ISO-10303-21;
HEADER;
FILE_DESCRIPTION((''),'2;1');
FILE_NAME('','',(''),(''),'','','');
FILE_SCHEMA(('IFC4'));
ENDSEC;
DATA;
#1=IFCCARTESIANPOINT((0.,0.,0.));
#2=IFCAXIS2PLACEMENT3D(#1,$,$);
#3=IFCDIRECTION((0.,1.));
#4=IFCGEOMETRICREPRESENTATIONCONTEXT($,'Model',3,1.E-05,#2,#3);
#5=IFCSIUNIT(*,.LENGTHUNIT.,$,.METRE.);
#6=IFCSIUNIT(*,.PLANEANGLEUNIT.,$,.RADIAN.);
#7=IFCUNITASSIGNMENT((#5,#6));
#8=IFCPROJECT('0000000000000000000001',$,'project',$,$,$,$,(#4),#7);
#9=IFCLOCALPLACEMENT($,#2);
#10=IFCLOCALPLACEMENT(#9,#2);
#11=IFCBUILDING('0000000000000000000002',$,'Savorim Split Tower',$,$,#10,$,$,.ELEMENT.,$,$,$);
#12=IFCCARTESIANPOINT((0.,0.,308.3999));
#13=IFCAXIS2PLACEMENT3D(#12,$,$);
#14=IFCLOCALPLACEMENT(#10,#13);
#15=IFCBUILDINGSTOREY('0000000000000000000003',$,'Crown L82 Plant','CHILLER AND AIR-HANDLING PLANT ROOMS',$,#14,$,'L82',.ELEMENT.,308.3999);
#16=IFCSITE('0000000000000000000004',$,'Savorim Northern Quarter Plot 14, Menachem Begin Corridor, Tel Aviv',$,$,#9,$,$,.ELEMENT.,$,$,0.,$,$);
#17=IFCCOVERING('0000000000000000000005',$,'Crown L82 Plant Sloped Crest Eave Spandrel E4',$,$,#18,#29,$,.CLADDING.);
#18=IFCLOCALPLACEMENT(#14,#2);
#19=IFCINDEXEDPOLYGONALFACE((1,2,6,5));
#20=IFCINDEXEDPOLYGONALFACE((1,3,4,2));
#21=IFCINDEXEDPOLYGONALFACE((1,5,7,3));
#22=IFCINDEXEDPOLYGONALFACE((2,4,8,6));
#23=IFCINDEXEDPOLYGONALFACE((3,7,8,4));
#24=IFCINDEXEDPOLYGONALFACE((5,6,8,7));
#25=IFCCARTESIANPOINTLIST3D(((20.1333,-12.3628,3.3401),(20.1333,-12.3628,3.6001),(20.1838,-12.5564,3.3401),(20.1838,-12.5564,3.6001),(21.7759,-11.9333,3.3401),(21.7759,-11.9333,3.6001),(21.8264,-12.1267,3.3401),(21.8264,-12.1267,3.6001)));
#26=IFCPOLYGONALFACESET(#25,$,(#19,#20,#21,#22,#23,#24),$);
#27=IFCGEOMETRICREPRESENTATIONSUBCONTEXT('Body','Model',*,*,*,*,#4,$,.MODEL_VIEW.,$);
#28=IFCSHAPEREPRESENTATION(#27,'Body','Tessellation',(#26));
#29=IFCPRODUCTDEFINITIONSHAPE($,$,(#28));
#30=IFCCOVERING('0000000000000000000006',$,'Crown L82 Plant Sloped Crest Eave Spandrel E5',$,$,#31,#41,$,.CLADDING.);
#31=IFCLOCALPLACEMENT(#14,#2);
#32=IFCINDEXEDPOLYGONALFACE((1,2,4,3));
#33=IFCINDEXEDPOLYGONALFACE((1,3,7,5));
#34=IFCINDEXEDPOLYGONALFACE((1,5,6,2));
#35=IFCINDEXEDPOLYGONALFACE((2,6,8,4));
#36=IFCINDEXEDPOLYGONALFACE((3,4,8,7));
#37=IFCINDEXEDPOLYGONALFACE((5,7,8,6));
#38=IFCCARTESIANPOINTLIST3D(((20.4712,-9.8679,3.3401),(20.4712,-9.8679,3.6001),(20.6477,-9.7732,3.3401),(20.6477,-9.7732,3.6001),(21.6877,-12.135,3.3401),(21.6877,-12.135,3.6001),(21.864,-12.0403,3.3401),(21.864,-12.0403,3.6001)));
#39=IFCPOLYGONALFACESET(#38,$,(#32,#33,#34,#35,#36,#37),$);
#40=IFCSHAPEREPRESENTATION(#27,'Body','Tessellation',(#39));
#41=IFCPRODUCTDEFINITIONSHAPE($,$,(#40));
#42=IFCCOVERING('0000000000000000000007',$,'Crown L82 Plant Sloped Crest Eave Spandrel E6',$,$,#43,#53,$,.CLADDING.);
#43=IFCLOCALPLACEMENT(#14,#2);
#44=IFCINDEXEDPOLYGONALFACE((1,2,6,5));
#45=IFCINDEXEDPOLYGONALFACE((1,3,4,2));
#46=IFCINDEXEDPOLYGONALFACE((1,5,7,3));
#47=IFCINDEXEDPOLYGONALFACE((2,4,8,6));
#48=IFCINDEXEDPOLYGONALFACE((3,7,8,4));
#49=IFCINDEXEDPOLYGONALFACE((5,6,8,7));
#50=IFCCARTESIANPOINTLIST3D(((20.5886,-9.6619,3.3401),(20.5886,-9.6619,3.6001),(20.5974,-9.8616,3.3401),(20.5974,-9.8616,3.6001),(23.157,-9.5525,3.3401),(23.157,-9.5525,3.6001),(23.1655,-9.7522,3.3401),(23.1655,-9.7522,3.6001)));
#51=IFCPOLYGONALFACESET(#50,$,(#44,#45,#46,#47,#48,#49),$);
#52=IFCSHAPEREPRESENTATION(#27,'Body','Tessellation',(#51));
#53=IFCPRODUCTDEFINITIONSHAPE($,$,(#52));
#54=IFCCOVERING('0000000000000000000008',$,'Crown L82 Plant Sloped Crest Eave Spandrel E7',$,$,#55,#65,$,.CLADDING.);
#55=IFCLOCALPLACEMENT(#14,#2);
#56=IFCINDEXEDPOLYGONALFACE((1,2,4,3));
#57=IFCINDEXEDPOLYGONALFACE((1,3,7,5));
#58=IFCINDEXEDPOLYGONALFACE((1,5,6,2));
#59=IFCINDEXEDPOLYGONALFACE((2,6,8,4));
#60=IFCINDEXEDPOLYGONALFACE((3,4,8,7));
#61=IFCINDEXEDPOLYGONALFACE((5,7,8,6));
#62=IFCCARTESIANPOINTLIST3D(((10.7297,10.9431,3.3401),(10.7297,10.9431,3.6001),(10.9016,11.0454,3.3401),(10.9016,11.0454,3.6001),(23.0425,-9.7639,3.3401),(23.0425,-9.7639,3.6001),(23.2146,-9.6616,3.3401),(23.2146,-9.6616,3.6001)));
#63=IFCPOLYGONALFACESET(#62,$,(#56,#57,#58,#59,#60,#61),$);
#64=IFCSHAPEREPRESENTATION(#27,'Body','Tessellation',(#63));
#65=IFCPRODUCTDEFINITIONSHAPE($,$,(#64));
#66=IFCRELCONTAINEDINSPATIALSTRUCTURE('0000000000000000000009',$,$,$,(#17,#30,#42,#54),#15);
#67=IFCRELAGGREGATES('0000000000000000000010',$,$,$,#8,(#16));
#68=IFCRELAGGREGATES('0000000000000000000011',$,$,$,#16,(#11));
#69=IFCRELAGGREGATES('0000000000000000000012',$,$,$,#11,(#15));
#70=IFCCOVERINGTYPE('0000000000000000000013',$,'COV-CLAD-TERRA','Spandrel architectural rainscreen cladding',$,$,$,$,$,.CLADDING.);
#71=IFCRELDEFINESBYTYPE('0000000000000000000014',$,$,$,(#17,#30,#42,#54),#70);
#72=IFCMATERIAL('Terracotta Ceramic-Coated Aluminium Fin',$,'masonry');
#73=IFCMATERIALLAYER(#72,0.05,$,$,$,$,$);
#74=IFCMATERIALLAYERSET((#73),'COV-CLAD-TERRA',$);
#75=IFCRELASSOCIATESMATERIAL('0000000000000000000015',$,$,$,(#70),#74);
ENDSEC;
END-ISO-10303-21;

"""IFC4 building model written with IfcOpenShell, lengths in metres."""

from ifc_helpers import new_model, si_unit, direction, frame, origin, place, context, subcontext, project, spatial, polyline, outline, extrude, material, layer, layer_set, type_object, element, save


model = new_model("IFC4")

# Units and contexts
model_context = context("Model", 3, precision=1e-05, world=origin(), true_north=direction((0.0, 1.0)))
body_context = subcontext(model_context, "Body", "Model", "MODEL_VIEW")
ifc_project = project(units=[si_unit("LENGTHUNIT", "METRE"), si_unit("PLANEANGLEUNIT", "RADIAN")], contexts=[model_context])

# Site, building, storey
site_placement = place(None, origin())
site = spatial("IfcSite", under=ifc_project, at=site_placement, Name="Savorim Northern Quarter Plot 14, Menachem Begin Corridor, Tel Aviv", CompositionType="ELEMENT", RefElevation=0.0)
building_placement = place(site_placement, origin())
building = spatial("IfcBuilding", under=site, at=building_placement, Name="Savorim Split Tower", CompositionType="ELEMENT")
storey_placement = place(building_placement, frame((0.0, 0.0, 308.3999)))
storey = spatial("IfcBuildingStorey", under=building, at=storey_placement, Name="Crown L82 Plant", Description="CHILLER AND AIR-HANDLING PLANT ROOMS", LongName="L82", CompositionType="ELEMENT", Elevation=308.3999)

# Coverings
ifc_material_1 = material(Name="Terracotta Ceramic-Coated Aluminium Fin", Category="masonry")
ifc_layer_1 = layer(ifc_material_1, 0.05)
ifc_layer_set_1 = layer_set([ifc_layer_1], Name="COV-CLAD-TERRA")
covering_type_1 = type_object("IfcCoveringType", Name="COV-CLAD-TERRA", Description="Spandrel architectural rainscreen cladding", PredefinedType="CLADDING", material=ifc_layer_set_1)
covering_1_placement = place(storey_placement, frame((0.0, 0.0, 3.3401)))
element("IfcCovering", 1, at=covering_1_placement, inside=storey, type_object=covering_type_1, Name="Crown L82 Plant Sloped Crest Eave Spandrel E4", PredefinedType="CLADDING", context=body_context, shape_type="SweptSolid", body=[
    extrude(outline(polyline([(20.1838, -12.5564), (21.8264, -12.1267), (21.7759, -11.9333), (20.1333, -12.3628), (20.1838, -12.5564)])), origin(), (0.0, 0.0, 1.0), 0.26),
])
covering_2_placement = place(storey_placement, frame((0.0, 0.0, 3.3401)))
element("IfcCovering", 2, at=covering_2_placement, inside=storey, type_object=covering_type_1, Name="Crown L82 Plant Sloped Crest Eave Spandrel E5", PredefinedType="CLADDING", context=body_context, shape_type="SweptSolid", body=[
    extrude(outline(polyline([(21.864, -12.0403), (20.6477, -9.7732), (20.4712, -9.8679), (21.6877, -12.135), (21.864, -12.0403)])), origin(), (0.0, 0.0, 1.0), 0.26),
])
covering_3_placement = place(storey_placement, frame((0.0, 0.0, 3.3401)))
element("IfcCovering", 3, at=covering_3_placement, inside=storey, type_object=covering_type_1, Name="Crown L82 Plant Sloped Crest Eave Spandrel E6", PredefinedType="CLADDING", context=body_context, shape_type="SweptSolid", body=[
    extrude(outline(polyline([(20.5974, -9.8616), (23.1655, -9.7522), (23.157, -9.5525), (20.5886, -9.6619), (20.5974, -9.8616)])), origin(), (0.0, 0.0, 1.0), 0.26),
])
covering_4_placement = place(storey_placement, frame((0.0, 0.0, 3.3401)))
element("IfcCovering", 4, at=covering_4_placement, inside=storey, type_object=covering_type_1, Name="Crown L82 Plant Sloped Crest Eave Spandrel E7", PredefinedType="CLADDING", context=body_context, shape_type="SweptSolid", body=[
    extrude(outline(polyline([(23.2146, -9.6616), (10.9016, 11.0454), (10.7297, 10.9431), (23.0425, -9.7639), (23.2146, -9.6616)])), origin(), (0.0, 0.0, 1.0), 0.26),
])

save(model, "model.ifc")
